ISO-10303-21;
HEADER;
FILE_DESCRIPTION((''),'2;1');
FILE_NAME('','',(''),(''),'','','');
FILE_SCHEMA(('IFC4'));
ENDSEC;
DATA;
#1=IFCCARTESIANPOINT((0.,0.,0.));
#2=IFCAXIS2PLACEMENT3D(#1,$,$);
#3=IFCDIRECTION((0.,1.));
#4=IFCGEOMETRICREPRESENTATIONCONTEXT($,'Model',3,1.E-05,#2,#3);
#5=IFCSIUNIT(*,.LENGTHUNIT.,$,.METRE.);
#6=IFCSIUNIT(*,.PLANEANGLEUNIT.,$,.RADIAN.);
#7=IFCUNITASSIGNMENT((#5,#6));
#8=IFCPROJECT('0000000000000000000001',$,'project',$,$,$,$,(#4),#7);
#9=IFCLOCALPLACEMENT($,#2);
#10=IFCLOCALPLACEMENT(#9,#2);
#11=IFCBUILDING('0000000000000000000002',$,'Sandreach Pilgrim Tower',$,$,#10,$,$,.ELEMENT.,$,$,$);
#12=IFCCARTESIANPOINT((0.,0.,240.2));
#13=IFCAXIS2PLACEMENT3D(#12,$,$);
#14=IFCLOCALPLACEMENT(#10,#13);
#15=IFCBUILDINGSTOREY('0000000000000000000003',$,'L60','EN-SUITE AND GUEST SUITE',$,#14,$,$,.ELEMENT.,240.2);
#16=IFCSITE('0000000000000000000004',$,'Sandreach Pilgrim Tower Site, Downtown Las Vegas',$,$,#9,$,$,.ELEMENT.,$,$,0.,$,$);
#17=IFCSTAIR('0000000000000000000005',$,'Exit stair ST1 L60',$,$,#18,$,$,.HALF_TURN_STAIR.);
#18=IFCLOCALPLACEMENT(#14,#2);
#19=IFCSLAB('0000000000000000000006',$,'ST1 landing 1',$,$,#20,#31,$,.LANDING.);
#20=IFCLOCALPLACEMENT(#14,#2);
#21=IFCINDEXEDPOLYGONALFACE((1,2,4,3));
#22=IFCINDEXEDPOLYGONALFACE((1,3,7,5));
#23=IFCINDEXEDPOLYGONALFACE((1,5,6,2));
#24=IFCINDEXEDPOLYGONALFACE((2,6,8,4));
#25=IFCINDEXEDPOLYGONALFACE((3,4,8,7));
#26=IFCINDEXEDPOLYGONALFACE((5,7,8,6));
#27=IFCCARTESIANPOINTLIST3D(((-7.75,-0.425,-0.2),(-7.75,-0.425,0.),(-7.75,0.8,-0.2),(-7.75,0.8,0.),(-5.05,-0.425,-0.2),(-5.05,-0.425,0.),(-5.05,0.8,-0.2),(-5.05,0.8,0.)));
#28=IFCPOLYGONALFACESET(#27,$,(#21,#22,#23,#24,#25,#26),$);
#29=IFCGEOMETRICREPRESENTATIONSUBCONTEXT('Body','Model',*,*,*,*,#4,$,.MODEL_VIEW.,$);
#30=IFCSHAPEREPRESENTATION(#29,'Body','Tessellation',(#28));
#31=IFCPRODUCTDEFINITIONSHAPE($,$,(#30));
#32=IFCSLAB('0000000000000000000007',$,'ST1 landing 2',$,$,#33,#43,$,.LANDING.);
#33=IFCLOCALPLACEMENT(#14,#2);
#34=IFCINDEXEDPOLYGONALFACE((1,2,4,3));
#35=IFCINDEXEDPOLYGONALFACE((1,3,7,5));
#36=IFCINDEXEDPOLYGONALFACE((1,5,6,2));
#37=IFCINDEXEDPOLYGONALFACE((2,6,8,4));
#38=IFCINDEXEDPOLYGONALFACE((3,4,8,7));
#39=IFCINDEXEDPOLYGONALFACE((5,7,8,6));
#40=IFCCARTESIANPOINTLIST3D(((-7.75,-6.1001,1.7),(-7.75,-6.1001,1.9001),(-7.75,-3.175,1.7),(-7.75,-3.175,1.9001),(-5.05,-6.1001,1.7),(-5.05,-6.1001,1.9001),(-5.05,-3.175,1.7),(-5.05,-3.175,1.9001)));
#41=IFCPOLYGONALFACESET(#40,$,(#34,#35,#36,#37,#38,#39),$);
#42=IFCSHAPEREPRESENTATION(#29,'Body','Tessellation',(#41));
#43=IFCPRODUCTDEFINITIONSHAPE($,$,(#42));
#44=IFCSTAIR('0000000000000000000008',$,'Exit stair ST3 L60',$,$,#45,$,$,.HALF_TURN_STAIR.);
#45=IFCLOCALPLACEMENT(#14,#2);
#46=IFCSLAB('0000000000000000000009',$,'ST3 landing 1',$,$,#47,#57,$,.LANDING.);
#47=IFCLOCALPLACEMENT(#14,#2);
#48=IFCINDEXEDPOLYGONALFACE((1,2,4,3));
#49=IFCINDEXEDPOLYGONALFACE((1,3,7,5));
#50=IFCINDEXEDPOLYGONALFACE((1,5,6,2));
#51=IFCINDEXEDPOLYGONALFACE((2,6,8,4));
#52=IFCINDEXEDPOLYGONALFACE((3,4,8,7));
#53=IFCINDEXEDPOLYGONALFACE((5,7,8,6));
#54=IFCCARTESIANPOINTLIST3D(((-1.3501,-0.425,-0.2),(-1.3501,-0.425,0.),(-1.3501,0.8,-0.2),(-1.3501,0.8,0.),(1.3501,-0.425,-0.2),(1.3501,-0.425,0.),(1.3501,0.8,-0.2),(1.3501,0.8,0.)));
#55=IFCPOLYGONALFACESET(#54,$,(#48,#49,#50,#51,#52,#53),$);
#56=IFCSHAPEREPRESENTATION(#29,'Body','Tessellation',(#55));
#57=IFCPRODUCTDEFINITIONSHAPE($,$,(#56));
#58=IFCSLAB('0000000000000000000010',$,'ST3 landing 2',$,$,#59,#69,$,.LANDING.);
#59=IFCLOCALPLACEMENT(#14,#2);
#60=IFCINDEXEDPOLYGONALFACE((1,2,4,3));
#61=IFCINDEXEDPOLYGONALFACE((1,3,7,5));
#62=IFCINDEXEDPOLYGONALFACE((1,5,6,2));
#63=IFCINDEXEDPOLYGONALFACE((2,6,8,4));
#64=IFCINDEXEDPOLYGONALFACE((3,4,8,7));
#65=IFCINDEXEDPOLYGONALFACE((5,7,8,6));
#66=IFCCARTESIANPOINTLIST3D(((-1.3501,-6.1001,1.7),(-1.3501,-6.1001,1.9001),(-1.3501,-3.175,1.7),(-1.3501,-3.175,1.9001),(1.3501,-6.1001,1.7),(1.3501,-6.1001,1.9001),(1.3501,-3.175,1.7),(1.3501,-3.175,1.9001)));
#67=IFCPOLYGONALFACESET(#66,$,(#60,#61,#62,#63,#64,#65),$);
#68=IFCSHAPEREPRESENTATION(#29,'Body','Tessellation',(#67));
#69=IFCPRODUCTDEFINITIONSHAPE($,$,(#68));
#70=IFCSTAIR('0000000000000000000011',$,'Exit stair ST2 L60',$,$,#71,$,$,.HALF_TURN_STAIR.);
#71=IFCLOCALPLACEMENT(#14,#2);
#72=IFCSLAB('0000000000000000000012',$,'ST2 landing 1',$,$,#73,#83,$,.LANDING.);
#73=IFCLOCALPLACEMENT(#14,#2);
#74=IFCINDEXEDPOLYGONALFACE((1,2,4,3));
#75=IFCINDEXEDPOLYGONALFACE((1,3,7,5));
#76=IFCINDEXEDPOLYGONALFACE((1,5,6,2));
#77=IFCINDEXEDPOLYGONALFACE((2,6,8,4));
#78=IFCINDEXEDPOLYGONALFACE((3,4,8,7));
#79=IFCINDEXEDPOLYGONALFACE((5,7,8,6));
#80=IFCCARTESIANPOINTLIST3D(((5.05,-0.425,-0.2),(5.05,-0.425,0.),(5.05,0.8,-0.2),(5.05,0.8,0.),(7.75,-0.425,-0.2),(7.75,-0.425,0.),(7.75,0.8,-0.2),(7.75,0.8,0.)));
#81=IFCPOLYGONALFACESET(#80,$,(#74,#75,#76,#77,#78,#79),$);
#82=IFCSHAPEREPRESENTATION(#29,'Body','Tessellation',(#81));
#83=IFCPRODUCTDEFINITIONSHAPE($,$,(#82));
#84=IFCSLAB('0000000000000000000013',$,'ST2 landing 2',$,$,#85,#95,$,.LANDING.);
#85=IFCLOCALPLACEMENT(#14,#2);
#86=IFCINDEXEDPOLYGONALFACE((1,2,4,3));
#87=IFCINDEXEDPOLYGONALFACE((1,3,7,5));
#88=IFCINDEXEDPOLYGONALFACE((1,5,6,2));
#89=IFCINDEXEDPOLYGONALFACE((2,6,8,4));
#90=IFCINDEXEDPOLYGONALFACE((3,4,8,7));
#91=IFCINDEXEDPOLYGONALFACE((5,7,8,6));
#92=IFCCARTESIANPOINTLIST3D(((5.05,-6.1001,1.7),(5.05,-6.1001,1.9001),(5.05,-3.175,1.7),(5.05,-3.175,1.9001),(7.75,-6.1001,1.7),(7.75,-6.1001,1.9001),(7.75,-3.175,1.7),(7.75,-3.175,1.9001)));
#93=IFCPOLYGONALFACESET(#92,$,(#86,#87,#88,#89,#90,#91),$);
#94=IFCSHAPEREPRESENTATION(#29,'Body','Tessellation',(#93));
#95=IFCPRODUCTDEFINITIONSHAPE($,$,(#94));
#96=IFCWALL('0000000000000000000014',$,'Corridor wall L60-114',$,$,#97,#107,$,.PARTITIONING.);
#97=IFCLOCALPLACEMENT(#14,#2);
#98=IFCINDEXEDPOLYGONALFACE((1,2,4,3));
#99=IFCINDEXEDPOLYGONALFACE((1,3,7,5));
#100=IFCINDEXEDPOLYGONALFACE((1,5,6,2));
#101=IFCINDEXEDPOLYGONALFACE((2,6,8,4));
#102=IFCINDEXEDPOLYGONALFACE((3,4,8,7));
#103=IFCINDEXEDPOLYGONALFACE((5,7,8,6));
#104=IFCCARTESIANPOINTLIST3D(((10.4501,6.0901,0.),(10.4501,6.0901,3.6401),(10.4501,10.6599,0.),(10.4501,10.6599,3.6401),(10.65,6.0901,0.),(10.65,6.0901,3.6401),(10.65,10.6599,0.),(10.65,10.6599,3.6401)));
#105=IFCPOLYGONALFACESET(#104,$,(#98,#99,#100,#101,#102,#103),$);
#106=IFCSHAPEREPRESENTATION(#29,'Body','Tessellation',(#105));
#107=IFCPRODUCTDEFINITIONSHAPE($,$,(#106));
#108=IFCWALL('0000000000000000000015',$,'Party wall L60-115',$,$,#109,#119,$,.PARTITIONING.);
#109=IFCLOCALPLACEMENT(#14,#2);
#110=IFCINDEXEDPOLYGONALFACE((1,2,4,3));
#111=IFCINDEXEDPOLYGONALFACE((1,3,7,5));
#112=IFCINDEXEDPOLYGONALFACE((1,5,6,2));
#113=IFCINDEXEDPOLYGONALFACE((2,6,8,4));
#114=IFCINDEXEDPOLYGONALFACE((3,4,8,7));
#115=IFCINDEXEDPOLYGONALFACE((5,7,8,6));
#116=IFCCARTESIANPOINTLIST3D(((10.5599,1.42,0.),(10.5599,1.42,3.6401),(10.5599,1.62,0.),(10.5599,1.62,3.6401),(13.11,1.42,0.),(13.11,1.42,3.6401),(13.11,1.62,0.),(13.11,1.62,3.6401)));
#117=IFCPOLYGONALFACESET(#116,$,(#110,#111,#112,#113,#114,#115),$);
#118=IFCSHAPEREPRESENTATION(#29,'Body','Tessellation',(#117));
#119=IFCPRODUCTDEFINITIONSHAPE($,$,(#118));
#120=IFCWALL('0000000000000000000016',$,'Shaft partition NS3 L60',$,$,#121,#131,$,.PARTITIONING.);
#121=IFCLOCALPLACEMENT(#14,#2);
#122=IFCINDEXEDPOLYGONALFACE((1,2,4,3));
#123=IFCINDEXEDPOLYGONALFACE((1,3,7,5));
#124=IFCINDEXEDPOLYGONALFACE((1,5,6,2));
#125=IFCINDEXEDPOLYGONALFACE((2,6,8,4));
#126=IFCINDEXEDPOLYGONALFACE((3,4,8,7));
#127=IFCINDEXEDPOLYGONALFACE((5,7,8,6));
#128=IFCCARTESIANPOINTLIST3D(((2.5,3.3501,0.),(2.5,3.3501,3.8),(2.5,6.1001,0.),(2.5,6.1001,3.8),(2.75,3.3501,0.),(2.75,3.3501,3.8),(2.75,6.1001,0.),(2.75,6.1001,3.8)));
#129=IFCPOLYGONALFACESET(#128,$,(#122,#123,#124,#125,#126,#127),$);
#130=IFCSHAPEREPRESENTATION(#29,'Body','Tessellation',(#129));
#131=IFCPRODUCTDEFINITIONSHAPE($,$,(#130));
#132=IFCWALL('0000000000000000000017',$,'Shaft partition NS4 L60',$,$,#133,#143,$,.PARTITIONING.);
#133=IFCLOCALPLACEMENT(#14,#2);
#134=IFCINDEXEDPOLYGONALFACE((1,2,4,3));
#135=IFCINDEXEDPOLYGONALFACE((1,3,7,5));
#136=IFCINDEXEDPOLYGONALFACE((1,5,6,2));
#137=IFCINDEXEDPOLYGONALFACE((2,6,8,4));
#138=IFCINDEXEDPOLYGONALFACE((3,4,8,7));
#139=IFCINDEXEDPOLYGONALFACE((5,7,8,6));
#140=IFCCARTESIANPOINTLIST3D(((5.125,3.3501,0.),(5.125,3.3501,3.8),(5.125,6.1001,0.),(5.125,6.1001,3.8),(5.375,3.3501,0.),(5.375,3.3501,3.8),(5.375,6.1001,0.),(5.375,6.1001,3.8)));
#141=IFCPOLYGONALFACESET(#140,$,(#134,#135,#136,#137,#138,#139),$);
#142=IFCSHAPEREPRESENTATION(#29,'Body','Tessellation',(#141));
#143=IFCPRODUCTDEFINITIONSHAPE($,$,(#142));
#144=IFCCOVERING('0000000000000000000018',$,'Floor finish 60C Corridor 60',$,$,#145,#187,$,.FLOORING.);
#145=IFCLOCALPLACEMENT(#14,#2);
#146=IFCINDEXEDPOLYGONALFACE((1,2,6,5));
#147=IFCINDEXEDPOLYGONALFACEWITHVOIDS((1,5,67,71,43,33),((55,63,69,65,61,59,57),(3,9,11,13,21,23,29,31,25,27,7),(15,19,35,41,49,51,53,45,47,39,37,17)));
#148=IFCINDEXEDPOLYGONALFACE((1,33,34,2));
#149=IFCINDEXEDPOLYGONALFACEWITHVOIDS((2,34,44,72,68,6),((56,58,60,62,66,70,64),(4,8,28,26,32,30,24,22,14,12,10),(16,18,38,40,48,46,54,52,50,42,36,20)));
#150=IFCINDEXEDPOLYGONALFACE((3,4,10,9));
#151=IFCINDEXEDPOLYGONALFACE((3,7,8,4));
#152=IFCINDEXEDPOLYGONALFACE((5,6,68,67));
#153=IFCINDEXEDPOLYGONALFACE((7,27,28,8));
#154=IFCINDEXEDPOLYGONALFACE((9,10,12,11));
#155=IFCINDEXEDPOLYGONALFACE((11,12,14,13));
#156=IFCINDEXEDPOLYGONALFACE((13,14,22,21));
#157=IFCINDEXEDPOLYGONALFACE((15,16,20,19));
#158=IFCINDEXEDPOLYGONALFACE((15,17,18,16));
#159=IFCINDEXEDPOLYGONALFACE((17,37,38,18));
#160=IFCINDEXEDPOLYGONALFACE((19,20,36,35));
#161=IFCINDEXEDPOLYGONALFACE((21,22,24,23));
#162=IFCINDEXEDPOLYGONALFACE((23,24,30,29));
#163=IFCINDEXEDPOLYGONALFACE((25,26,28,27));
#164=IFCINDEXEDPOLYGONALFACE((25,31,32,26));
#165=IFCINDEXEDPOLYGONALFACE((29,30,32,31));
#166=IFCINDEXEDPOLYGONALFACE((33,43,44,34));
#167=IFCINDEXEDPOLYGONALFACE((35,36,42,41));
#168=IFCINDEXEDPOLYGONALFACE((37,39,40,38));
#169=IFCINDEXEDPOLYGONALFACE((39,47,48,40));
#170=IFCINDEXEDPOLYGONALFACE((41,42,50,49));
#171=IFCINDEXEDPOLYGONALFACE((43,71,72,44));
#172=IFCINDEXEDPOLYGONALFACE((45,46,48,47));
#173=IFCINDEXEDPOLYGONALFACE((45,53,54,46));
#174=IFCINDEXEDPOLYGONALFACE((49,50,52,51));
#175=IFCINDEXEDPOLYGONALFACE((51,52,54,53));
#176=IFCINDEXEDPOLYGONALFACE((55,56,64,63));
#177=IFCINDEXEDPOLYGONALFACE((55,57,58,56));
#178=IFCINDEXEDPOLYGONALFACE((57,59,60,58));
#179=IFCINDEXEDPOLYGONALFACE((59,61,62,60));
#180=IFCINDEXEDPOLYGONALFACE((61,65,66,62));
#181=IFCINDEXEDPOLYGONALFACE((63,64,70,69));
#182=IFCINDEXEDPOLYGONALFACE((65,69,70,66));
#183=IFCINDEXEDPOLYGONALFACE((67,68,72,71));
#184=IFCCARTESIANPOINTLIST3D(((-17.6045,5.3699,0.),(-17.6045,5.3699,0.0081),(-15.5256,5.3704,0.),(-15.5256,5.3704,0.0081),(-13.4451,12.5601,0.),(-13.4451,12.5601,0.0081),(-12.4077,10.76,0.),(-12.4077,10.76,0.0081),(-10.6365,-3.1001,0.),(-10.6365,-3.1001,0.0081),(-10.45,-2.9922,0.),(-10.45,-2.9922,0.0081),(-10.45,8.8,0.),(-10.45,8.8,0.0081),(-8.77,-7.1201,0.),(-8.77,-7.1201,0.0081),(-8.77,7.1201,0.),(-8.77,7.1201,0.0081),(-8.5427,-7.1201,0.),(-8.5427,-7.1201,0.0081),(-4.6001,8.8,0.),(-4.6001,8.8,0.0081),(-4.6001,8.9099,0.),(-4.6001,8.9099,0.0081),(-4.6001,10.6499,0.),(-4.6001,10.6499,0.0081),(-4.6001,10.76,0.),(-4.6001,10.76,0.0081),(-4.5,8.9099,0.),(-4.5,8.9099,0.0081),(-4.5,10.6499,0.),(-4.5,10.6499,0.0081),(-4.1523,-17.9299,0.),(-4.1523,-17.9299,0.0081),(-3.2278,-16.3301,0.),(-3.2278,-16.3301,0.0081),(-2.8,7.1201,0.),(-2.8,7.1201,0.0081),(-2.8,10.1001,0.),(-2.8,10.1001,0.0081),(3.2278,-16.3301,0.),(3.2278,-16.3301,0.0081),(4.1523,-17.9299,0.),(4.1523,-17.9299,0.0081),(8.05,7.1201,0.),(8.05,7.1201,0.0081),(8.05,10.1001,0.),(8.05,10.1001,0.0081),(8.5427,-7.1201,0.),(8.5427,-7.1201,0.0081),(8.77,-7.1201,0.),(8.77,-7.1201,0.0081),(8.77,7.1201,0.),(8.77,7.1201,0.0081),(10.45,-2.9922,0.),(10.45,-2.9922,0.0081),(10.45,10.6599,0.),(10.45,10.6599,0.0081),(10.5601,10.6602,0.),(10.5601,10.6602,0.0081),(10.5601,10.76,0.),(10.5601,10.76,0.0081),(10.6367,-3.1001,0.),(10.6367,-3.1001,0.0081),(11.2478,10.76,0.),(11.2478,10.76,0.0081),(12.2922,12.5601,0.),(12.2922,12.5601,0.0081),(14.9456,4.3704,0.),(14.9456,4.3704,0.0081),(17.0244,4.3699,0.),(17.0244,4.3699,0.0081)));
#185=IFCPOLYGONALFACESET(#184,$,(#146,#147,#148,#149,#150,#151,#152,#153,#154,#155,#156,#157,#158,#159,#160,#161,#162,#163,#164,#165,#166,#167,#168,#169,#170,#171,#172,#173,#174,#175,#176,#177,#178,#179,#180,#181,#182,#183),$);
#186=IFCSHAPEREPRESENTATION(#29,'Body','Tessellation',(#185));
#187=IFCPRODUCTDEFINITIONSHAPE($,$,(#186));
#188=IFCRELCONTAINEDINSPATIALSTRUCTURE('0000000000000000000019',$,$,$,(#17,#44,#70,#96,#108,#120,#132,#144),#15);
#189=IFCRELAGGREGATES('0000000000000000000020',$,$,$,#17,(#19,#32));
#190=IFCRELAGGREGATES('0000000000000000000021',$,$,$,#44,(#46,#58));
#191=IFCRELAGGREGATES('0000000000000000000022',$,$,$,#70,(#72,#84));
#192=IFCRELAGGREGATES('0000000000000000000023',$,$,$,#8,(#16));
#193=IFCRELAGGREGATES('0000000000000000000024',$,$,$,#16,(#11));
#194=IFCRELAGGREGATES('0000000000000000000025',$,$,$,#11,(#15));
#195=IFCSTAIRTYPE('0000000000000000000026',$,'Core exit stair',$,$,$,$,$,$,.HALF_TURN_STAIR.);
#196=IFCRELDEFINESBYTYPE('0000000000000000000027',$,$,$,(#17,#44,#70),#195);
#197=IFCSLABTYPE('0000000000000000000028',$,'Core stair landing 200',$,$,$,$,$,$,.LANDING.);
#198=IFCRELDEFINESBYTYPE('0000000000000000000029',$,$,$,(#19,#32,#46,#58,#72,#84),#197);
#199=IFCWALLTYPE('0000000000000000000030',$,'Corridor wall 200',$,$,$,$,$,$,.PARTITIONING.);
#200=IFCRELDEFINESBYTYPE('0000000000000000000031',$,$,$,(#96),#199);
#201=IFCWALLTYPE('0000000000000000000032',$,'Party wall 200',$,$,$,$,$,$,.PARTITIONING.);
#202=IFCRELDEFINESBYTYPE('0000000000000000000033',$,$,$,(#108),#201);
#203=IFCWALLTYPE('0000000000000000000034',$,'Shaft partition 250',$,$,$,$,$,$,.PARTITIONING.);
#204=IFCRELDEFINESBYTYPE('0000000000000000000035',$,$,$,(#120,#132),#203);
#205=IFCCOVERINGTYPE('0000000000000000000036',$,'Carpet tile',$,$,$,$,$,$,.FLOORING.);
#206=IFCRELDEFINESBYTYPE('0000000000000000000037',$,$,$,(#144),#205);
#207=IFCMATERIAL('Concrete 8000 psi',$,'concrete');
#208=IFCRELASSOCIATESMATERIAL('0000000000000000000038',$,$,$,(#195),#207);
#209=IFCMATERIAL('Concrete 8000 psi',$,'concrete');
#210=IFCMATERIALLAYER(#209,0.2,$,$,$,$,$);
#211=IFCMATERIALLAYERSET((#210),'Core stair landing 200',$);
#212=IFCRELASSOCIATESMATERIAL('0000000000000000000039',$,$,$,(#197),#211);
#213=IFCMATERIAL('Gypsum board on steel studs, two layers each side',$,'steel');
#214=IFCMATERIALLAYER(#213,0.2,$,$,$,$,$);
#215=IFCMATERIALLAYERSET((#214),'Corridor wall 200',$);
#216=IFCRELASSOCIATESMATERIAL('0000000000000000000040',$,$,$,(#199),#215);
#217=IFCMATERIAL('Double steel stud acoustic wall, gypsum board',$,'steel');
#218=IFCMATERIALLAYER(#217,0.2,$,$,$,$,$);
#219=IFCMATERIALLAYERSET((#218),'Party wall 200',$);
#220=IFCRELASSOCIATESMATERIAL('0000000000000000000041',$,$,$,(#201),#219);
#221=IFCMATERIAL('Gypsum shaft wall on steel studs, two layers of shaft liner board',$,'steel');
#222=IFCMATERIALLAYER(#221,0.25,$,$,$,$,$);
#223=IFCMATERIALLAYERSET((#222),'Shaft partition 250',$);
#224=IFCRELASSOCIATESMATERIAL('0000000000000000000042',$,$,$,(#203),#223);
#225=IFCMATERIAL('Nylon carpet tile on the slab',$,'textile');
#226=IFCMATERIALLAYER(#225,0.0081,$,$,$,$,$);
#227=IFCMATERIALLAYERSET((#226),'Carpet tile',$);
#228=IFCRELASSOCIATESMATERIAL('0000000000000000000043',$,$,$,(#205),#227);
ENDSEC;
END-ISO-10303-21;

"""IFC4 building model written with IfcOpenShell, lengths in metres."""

from ifc_helpers import new_model, si_unit, direction, frame, frame_2d, origin, place, context, subcontext, project, spatial, polyline, rectangle, outline, extrude, material, layer, layer_set, type_object, element, aggregate, save


model = new_model("IFC4")

# Units and contexts
model_context = context("Model", 3, precision=1e-05, world=origin(), true_north=direction((0.0, 1.0)))
body_context = subcontext(model_context, "Body", "Model", "MODEL_VIEW")
ifc_project = project(units=[si_unit("LENGTHUNIT", "METRE"), si_unit("PLANEANGLEUNIT", "RADIAN")], contexts=[model_context])

# Site, building, storey
site_placement = place(None, origin())
site = spatial("IfcSite", under=ifc_project, at=site_placement, Name="Sandreach Pilgrim Tower Site, Downtown Las Vegas", CompositionType="ELEMENT", RefElevation=0.0)
building_placement = place(site_placement, origin())
building = spatial("IfcBuilding", under=site, at=building_placement, Name="Sandreach Pilgrim Tower", CompositionType="ELEMENT")
storey_placement = place(building_placement, frame((0.0, 0.0, 240.2)))
storey = spatial("IfcBuildingStorey", under=building, at=storey_placement, Name="L60", Description="EN-SUITE AND GUEST SUITE", CompositionType="ELEMENT", Elevation=240.2)

# Stairs, slabs
ifc_material_1 = material(Name="Concrete 8000 psi", Category="concrete")
stair_type = type_object("IfcStairType", Name="Core exit stair", PredefinedType="HALF_TURN_STAIR", material=ifc_material_1)
stair_1_placement = place(storey_placement, origin())
stair_1 = element("IfcStair", 1, at=stair_1_placement, inside=storey, type_object=stair_type, Name="Exit stair ST1 L60", PredefinedType="HALF_TURN_STAIR")
ifc_material_2 = material(Name="Concrete 8000 psi", Category="concrete")
ifc_layer_1 = layer(ifc_material_2, 0.2)
ifc_layer_set_1 = layer_set([ifc_layer_1], Name="Core stair landing 200")
slab_type = type_object("IfcSlabType", Name="Core stair landing 200", PredefinedType="LANDING", material=ifc_layer_set_1)
slab_1_placement = place(storey_placement, frame((0.0, 0.0, -0.2)))
slab_1 = element("IfcSlab", 2, at=slab_1_placement, type_object=slab_type, Name="ST1 landing 1", PredefinedType="LANDING", context=body_context, shape_type="SweptSolid", body=[
    extrude(outline(polyline([(-7.75, -0.425), (-5.05, -0.425), (-5.05, 0.8), (-7.75, 0.8), (-7.75, -0.425)])), origin(), (0.0, 0.0, 1.0), 0.2),
])
slab_2_placement = place(storey_placement, frame((0.0, 0.0, 1.7)))
slab_2 = element("IfcSlab", 3, at=slab_2_placement, type_object=slab_type, Name="ST1 landing 2", PredefinedType="LANDING", context=body_context, shape_type="SweptSolid", body=[
    extrude(outline(polyline([(-7.75, -6.1001), (-5.05, -6.1001), (-5.05, -3.175), (-7.75, -3.175), (-7.75, -6.1001)])), origin(), (0.0, 0.0, 1.0), 0.2002),
])
aggregate(stair_1, [slab_1, slab_2])
stair_2_placement = place(storey_placement, origin())
stair_2 = element("IfcStair", 4, at=stair_2_placement, inside=storey, type_object=stair_type, Name="Exit stair ST3 L60", PredefinedType="HALF_TURN_STAIR")
slab_3_placement = place(storey_placement, frame((0.0, 0.0, -0.2)))
slab_3 = element("IfcSlab", 5, at=slab_3_placement, type_object=slab_type, Name="ST3 landing 1", PredefinedType="LANDING", context=body_context, shape_type="SweptSolid", body=[
    extrude(outline(polyline([(-1.3501, -0.425), (1.3501, -0.425), (1.3501, 0.8), (-1.3501, 0.8), (-1.3501, -0.425)])), origin(), (0.0, 0.0, 1.0), 0.2),
])
slab_4_placement = place(storey_placement, frame((0.0, 0.0, 1.7)))
slab_4 = element("IfcSlab", 6, at=slab_4_placement, type_object=slab_type, Name="ST3 landing 2", PredefinedType="LANDING", context=body_context, shape_type="SweptSolid", body=[
    extrude(outline(polyline([(-1.3501, -6.1001), (1.3501, -6.1001), (1.3501, -3.175), (-1.3501, -3.175), (-1.3501, -6.1001)])), origin(), (0.0, 0.0, 1.0), 0.2002),
])
aggregate(stair_2, [slab_3, slab_4])
stair_3_placement = place(storey_placement, origin())
stair_3 = element("IfcStair", 7, at=stair_3_placement, inside=storey, type_object=stair_type, Name="Exit stair ST2 L60", PredefinedType="HALF_TURN_STAIR")
slab_5_placement = place(storey_placement, frame((0.0, 0.0, -0.2)))
slab_5 = element("IfcSlab", 8, at=slab_5_placement, type_object=slab_type, Name="ST2 landing 1", PredefinedType="LANDING", context=body_context, shape_type="SweptSolid", body=[
    extrude(outline(polyline([(5.05, -0.425), (7.75, -0.425), (7.75, 0.8), (5.05, 0.8), (5.05, -0.425)])), origin(), (0.0, 0.0, 1.0), 0.2),
])
slab_6_placement = place(storey_placement, frame((0.0, 0.0, 1.7)))
slab_6 = element("IfcSlab", 9, at=slab_6_placement, type_object=slab_type, Name="ST2 landing 2", PredefinedType="LANDING", context=body_context, shape_type="SweptSolid", body=[
    extrude(outline(polyline([(5.05, -6.1001), (7.75, -6.1001), (7.75, -3.175), (5.05, -3.175), (5.05, -6.1001)])), origin(), (0.0, 0.0, 1.0), 0.2002),
])
aggregate(stair_3, [slab_5, slab_6])

# Shared definitions
ifc_material_3 = material(Name="Gypsum board on steel studs, two layers each side", Category="steel")
ifc_layer_2 = layer(ifc_material_3, 0.2)
ifc_layer_set_2 = layer_set([ifc_layer_2], Name="Corridor wall 200")
wall_type_1 = type_object("IfcWallType", Name="Corridor wall 200", PredefinedType="PARTITIONING", material=ifc_layer_set_2)

# Wall
wall_1_placement = place(storey_placement, frame((10.55, 6.0901, 0.0), z_axis=(0.0, 0.0, 1.0), x_axis=(0.0, 1.0, 0.0)))
element("IfcWall", 10, at=wall_1_placement, inside=storey, type_object=wall_type_1, Name="Corridor wall L60-114", PredefinedType="PARTITIONING", context=body_context, shape_type="SweptSolid", body=[
    extrude(rectangle(XDim=4.5698, YDim=0.2, at=frame_2d((2.2849, 0.0))), origin(), (0.0, 0.0, 1.0), 3.6401),
])

# Walls
ifc_material_4 = material(Name="Double steel stud acoustic wall, gypsum board", Category="steel")
ifc_layer_3 = layer(ifc_material_4, 0.2)
ifc_layer_set_3 = layer_set([ifc_layer_3], Name="Party wall 200")
wall_type_2 = type_object("IfcWallType", Name="Party wall 200", PredefinedType="PARTITIONING", material=ifc_layer_set_3)
wall_2_placement = place(storey_placement, frame((10.5601, 1.52, 0.0), z_axis=(0.0, 0.0, 1.0), x_axis=(1.0, 0.0, 0.0)))
element("IfcWall", 11, at=wall_2_placement, inside=storey, type_object=wall_type_2, Name="Party wall L60-115", PredefinedType="PARTITIONING", context=body_context, shape_type="SweptSolid", body=[
    extrude(rectangle(XDim=2.55, YDim=0.2, at=frame_2d((1.2749, 0.0))), origin(), (0.0, 0.0, 1.0), 3.6401),
])
ifc_material_5 = material(Name="Gypsum shaft wall on steel studs, two layers of shaft liner board", Category="steel")
ifc_layer_4 = layer(ifc_material_5, 0.25)
ifc_layer_set_4 = layer_set([ifc_layer_4], Name="Shaft partition 250")
wall_type_3 = type_object("IfcWallType", Name="Shaft partition 250", PredefinedType="PARTITIONING", material=ifc_layer_set_4)
for number, where, z_axis, x_axis, name in (
    (12, (2.625, 3.3501, 0.0), (0.0, 0.0, 1.0), (0.0, 1.0, 0.0), "Shaft partition NS3 L60"),
    (13, (5.25, 3.3501, 0.0), (0.0, 0.0, 1.0), (0.0, 1.0, 0.0), "Shaft partition NS4 L60"),
):
    element("IfcWall", number, at=place(storey_placement, frame(where, z_axis=z_axis, x_axis=x_axis)), inside=storey, type_object=wall_type_3, Name=name, PredefinedType="PARTITIONING", context=body_context, shape_type="SweptSolid", body=[
        extrude(rectangle(XDim=2.75, YDim=0.25, at=frame_2d((1.375, 0.0))), origin(), (0.0, 0.0, 1.0), 3.8),
    ])

# Covering
ifc_material_6 = material(Name="Nylon carpet tile on the slab", Category="textile")
ifc_layer_5 = layer(ifc_material_6, 0.0081)
ifc_layer_set_5 = layer_set([ifc_layer_5], Name="Carpet tile")
covering_type_1 = type_object("IfcCoveringType", Name="Carpet tile", PredefinedType="FLOORING", material=ifc_layer_set_5)
covering_1_placement = place(storey_placement, origin())
element("IfcCovering", 14, at=covering_1_placement, inside=storey, type_object=covering_type_1, Name="Floor finish 60C Corridor 60", PredefinedType="FLOORING", context=body_context, shape_type="SweptSolid", body=[
    extrude(outline(polyline([(-4.1523, -17.9299), (-17.6045, 5.3699), (-13.4451, 12.5601), (12.2922, 12.5601), (17.0244, 4.3699), (4.1523, -17.9299), (-4.1523, -17.9299)]), holes=[polyline([(10.45, 10.6599), (10.45, -2.9922), (10.6367, -3.1001), (14.9456, 4.3704), (11.2478, 10.76), (10.5601, 10.76), (10.5601, 10.6602), (10.45, 10.6599)]), polyline([(-3.2278, -16.3301), (3.2278, -16.3301), (8.5427, -7.1201), (8.77, -7.1201), (8.77, 7.1201), (8.05, 7.1201), (8.05, 10.1001), (-2.8, 10.1001), (-2.8, 7.1201), (-8.77, 7.1201), (-8.77, -7.1201), (-8.5427, -7.1201), (-3.2278, -16.3301)]), polyline([(-15.5256, 5.3704), (-10.6365, -3.1001), (-10.45, -2.9922), (-10.45, 8.8), (-4.6001, 8.8), (-4.6001, 8.9099), (-4.5, 8.9099), (-4.5, 10.6499), (-4.6001, 10.6499), (-4.6001, 10.76), (-12.4077, 10.76), (-15.5256, 5.3704)])]), origin(), (0.0, 0.0, 1.0), 0.0081),
])

save(model, "model.ifc")
